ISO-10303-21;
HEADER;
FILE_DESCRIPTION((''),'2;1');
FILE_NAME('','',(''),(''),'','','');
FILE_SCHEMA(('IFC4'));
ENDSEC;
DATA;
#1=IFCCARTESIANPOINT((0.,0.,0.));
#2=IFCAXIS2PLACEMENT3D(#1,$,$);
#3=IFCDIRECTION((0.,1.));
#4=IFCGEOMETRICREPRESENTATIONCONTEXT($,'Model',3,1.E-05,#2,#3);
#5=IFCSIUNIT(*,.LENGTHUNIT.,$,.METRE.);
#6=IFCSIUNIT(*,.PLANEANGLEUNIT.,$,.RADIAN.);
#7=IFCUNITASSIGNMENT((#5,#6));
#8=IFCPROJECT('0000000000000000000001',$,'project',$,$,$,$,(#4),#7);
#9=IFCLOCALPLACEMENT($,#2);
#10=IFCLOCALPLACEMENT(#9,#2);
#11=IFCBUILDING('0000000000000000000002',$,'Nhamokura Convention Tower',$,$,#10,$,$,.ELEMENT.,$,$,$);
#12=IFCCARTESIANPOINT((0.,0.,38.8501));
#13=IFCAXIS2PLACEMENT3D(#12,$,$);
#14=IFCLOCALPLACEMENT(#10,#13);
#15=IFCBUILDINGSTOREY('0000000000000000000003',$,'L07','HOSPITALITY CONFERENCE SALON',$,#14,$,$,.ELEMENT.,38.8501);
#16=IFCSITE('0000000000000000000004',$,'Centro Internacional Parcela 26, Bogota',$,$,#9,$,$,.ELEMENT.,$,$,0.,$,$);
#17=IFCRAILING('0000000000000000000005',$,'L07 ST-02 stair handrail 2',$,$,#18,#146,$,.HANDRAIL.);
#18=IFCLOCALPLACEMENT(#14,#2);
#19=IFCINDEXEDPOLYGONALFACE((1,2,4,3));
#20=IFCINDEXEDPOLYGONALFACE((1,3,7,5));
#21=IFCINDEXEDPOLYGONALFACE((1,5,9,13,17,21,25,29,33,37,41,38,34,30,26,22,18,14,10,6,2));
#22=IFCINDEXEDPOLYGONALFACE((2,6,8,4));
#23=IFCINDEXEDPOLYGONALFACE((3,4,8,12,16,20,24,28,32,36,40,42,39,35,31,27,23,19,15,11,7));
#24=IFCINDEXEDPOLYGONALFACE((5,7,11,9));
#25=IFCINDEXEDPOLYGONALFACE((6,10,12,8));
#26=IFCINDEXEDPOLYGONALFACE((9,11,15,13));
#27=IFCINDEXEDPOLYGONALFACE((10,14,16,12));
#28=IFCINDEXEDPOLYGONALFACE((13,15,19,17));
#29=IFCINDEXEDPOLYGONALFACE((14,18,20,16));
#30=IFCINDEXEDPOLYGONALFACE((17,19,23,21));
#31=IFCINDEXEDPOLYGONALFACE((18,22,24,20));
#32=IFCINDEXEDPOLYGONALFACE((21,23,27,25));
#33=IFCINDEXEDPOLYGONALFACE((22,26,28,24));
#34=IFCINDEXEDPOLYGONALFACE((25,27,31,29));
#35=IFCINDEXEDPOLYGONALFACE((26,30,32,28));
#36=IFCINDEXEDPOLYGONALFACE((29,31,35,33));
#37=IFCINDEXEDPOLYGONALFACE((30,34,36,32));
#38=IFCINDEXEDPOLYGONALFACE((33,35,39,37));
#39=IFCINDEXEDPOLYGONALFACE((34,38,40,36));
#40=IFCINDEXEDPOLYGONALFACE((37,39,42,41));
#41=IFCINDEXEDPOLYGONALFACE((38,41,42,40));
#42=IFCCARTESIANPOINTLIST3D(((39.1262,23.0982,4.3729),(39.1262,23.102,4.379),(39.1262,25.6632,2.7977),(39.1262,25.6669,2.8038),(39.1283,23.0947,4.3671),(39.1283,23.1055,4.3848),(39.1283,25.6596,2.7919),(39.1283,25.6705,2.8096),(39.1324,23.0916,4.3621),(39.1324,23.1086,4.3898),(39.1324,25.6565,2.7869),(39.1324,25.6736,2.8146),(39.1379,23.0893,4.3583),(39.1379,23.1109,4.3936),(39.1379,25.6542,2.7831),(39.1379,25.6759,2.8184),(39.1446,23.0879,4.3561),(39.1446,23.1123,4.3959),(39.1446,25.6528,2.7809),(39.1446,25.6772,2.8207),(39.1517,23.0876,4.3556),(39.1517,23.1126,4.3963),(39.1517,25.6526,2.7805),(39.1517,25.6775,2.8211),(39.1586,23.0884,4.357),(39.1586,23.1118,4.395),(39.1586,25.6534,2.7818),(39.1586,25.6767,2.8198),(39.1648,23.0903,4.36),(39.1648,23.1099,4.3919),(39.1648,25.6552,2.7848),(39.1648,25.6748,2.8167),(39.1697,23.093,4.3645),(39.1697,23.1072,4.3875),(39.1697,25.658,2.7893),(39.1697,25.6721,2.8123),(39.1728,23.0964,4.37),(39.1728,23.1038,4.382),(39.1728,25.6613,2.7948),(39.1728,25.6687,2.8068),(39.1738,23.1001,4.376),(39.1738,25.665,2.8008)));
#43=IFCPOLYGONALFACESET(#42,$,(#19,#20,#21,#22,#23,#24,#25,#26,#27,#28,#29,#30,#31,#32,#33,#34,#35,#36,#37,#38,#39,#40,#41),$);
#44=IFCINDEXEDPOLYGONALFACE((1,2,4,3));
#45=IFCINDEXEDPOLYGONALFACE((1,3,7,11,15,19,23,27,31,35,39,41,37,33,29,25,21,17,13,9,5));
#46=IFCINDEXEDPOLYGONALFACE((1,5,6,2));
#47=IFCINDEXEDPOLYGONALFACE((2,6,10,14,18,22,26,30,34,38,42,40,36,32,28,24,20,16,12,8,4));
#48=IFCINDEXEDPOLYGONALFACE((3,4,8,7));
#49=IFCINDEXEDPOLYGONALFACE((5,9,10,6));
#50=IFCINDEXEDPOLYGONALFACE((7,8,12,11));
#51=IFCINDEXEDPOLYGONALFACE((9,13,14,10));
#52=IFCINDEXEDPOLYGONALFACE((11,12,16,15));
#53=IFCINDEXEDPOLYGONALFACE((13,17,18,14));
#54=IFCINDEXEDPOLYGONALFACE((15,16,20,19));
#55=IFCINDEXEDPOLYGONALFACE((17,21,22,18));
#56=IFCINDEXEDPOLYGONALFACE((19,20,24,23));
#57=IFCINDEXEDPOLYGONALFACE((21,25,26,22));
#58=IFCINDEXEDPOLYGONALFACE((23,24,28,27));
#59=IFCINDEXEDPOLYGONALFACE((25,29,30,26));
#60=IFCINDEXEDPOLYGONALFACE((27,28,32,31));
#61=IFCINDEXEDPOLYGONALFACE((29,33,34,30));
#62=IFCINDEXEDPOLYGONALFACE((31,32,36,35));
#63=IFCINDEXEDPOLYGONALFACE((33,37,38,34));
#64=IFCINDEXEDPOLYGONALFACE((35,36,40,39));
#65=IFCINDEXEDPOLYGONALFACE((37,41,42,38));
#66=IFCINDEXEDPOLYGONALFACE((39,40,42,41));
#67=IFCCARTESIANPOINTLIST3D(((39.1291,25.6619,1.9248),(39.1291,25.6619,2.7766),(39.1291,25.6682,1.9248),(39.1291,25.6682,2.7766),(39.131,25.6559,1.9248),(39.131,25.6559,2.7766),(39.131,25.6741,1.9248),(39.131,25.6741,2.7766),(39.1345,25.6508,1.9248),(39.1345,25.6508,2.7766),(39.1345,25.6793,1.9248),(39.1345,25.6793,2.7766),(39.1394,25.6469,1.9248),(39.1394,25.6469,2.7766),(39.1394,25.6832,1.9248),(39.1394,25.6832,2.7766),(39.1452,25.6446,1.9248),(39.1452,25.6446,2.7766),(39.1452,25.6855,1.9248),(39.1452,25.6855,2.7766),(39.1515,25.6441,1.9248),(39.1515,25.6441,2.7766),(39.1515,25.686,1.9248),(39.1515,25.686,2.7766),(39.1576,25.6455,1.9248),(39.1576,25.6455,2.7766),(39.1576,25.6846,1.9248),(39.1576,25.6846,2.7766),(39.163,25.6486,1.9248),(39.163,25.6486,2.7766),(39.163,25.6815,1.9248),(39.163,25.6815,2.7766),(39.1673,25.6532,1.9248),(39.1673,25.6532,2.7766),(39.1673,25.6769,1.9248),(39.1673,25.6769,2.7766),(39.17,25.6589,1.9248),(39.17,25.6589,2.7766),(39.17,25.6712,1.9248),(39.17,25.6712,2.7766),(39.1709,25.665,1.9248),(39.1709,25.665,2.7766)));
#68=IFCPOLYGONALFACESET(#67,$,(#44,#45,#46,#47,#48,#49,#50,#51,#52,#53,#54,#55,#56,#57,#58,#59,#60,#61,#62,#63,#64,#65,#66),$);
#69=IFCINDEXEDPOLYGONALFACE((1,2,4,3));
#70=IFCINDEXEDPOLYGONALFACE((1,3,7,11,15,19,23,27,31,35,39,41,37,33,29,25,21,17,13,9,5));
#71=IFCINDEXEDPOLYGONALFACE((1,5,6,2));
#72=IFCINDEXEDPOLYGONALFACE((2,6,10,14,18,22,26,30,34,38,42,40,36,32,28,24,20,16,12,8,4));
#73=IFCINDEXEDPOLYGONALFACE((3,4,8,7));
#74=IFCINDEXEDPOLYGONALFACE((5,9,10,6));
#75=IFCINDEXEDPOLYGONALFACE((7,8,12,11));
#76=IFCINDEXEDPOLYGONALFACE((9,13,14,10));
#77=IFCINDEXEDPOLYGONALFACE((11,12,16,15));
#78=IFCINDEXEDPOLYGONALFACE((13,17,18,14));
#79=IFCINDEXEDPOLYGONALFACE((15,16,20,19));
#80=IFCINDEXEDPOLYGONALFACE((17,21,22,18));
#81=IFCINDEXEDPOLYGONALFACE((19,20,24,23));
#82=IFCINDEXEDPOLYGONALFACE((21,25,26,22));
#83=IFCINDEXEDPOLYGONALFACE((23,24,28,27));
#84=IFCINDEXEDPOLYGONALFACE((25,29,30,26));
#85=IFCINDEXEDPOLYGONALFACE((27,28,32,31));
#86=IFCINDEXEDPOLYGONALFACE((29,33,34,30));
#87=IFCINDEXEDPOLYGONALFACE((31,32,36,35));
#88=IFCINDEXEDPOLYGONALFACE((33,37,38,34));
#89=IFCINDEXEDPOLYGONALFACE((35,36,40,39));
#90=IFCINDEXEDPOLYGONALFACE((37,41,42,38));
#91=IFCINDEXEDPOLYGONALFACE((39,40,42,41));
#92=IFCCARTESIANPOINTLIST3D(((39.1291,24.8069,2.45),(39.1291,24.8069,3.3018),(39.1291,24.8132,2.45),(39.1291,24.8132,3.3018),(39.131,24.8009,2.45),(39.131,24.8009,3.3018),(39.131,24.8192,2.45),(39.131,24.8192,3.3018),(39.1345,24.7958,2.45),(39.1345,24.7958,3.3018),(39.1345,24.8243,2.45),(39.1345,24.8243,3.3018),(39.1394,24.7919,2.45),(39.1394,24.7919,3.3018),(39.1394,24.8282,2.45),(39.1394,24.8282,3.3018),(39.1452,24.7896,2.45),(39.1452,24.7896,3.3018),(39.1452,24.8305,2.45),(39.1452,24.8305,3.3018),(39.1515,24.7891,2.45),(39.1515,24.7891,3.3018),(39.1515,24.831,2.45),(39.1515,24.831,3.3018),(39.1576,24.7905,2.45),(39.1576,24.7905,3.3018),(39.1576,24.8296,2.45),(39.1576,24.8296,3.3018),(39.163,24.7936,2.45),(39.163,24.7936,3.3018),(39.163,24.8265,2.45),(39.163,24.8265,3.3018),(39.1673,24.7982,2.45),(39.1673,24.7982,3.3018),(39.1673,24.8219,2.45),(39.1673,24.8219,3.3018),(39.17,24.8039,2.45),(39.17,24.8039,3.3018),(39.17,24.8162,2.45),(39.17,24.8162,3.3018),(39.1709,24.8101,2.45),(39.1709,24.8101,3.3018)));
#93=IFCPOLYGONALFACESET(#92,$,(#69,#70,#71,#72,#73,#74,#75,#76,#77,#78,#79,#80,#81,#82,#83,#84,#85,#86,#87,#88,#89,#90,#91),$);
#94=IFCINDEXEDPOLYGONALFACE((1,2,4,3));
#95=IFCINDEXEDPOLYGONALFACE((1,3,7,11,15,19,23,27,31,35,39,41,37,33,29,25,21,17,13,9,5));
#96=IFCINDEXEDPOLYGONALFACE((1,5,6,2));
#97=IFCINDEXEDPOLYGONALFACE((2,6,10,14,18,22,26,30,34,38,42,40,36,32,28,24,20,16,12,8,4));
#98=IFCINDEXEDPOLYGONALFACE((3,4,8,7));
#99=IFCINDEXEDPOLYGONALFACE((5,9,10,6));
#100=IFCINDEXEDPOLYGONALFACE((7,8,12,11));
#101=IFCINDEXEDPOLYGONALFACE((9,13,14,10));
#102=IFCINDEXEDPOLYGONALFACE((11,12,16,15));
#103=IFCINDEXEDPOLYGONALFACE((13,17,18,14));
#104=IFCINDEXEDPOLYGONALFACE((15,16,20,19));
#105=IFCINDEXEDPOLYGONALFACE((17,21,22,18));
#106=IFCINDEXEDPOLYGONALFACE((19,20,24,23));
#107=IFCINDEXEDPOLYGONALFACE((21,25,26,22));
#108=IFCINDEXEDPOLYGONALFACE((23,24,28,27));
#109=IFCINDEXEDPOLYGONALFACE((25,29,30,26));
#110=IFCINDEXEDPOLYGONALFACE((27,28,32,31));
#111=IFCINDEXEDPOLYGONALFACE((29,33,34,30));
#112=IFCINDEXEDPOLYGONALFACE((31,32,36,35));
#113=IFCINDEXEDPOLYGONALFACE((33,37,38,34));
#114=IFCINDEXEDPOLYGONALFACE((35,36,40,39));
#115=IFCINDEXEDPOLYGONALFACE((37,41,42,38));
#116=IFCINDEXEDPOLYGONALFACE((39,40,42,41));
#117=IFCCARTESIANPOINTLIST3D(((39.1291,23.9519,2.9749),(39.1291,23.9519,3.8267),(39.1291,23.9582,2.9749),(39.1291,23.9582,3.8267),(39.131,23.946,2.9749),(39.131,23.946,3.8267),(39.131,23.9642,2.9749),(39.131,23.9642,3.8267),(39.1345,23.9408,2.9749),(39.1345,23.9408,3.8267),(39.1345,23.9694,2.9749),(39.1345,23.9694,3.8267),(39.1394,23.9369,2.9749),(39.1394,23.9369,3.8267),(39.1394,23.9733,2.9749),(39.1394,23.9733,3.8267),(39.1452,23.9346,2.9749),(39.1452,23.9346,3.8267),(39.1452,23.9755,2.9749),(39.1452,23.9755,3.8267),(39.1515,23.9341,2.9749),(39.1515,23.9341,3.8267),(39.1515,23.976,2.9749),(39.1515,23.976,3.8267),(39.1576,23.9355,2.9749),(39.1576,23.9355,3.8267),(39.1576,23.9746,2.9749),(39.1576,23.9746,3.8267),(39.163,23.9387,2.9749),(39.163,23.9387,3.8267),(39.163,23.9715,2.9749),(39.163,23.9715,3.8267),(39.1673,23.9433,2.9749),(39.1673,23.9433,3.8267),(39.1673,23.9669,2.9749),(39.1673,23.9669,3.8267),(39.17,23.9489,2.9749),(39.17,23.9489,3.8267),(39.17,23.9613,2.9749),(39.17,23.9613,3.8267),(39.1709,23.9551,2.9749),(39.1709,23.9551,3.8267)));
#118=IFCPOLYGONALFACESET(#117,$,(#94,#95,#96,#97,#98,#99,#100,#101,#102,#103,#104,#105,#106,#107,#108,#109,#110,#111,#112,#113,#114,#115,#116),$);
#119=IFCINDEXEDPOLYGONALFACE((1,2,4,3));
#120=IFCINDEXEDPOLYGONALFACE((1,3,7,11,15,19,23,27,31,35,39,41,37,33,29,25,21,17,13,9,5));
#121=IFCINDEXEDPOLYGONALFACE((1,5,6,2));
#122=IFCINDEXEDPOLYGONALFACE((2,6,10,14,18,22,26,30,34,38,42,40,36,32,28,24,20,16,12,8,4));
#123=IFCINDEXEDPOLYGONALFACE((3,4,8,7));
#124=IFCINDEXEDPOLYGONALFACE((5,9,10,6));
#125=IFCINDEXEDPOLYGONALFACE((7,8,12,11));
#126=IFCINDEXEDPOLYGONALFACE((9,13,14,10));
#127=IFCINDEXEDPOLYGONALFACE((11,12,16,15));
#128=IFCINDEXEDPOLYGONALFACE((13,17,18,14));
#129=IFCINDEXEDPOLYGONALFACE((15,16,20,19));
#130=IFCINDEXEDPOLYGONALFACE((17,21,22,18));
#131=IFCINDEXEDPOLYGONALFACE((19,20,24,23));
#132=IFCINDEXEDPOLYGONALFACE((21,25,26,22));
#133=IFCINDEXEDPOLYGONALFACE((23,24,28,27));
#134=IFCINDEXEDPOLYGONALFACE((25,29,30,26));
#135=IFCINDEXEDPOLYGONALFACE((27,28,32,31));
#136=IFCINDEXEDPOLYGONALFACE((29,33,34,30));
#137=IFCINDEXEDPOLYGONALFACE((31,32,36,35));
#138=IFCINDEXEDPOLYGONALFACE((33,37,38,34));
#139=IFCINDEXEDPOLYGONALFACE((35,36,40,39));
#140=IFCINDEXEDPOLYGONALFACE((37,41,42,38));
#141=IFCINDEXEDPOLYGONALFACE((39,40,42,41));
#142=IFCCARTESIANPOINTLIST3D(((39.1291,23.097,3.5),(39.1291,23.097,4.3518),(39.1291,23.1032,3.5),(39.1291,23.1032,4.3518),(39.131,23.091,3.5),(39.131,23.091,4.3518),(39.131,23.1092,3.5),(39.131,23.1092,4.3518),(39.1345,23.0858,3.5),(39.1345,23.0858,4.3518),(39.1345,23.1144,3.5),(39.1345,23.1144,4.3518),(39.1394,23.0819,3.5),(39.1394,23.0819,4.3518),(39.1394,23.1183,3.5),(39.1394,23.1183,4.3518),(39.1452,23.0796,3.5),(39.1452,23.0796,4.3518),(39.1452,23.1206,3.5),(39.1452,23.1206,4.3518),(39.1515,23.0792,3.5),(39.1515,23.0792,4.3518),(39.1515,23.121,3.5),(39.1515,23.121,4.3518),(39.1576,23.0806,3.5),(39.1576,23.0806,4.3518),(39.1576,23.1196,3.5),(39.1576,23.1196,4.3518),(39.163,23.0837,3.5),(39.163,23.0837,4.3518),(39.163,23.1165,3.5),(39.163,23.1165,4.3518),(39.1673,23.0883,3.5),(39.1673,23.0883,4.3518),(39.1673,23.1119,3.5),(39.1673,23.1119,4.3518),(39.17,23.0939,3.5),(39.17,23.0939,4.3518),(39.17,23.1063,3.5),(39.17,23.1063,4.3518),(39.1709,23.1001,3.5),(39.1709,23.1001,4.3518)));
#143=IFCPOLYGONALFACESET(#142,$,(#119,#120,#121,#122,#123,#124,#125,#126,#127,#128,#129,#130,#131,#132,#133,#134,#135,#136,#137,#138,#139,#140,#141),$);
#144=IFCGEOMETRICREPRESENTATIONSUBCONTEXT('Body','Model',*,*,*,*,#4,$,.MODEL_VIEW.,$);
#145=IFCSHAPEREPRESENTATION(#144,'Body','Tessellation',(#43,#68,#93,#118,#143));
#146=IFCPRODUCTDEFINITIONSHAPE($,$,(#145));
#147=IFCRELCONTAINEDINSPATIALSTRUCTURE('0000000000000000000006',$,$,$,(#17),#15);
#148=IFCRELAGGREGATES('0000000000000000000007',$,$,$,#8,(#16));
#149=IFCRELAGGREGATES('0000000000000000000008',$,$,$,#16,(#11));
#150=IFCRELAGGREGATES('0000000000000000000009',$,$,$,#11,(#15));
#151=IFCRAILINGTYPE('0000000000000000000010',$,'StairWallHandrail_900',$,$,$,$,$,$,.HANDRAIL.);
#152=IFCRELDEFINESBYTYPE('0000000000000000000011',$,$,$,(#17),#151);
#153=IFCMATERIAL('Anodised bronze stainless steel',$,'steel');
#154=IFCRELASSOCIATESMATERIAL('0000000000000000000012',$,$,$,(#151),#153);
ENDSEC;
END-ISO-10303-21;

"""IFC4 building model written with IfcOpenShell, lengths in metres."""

from ifc_helpers import new_model, si_unit, direction, frame, origin, origin_2d, place, context, subcontext, project, spatial, circle, extrude, material, type_object, element, save


model = new_model("IFC4")

# Units and contexts
model_context = context("Model", 3, precision=1e-05, world=origin(), true_north=direction((0.0, 1.0)))
body_context = subcontext(model_context, "Body", "Model", "MODEL_VIEW")
ifc_project = project(units=[si_unit("LENGTHUNIT", "METRE"), si_unit("PLANEANGLEUNIT", "RADIAN")], contexts=[model_context])

# Site, building, storey
site_placement = place(None, origin())
site = spatial("IfcSite", under=ifc_project, at=site_placement, Name="Centro Internacional Parcela 26, Bogota", CompositionType="ELEMENT", RefElevation=0.0)
building_placement = place(site_placement, origin())
building = spatial("IfcBuilding", under=site, at=building_placement, Name="Nhamokura Convention Tower", CompositionType="ELEMENT")
storey_placement = place(building_placement, frame((0.0, 0.0, 38.8501)))
storey = spatial("IfcBuildingStorey", under=building, at=storey_placement, Name="L07", Description="HOSPITALITY CONFERENCE SALON", CompositionType="ELEMENT", Elevation=38.8501)

# Railing
ifc_material_1 = material(Name="Anodised bronze stainless steel", Category="steel")
railing_type_1 = type_object("IfcRailingType", Name="StairWallHandrail_900", PredefinedType="HANDRAIL", material=ifc_material_1)
railing_1_placement = place(storey_placement, frame((39.1499, 25.665, 1.9248)))
element("IfcRailing", 1, at=railing_1_placement, inside=storey, type_object=railing_type_1, Name="L07 ST-02 stair handrail 2", PredefinedType="HANDRAIL", context=body_context, shape_type="SweptSolid", body=[
    extrude(circle(Radius=0.0239, at=origin_2d()), frame((0.0, 0.0, 0.876), z_axis=(0.0, -0.852137, 0.523319), x_axis=(1.0, 0.0, 0.0)), (0.0, 0.0, 1.0), 3.01),
    extrude(circle(Radius=0.021, at=origin_2d()), origin(), (0.0, 0.0, 1.0), 0.8518),
    extrude(circle(Radius=0.021, at=origin_2d()), frame((0.0, -0.855, 0.5251)), (0.0, 0.0, 1.0), 0.8518),
    extrude(circle(Radius=0.021, at=origin_2d()), frame((0.0, -1.71, 1.05)), (0.0, 0.0, 1.0), 0.8518),
    extrude(circle(Radius=0.021, at=origin_2d()), frame((0.0, -2.5649, 1.5752)), (0.0, 0.0, 1.0), 0.8518),
])

save(model, "model.ifc")
